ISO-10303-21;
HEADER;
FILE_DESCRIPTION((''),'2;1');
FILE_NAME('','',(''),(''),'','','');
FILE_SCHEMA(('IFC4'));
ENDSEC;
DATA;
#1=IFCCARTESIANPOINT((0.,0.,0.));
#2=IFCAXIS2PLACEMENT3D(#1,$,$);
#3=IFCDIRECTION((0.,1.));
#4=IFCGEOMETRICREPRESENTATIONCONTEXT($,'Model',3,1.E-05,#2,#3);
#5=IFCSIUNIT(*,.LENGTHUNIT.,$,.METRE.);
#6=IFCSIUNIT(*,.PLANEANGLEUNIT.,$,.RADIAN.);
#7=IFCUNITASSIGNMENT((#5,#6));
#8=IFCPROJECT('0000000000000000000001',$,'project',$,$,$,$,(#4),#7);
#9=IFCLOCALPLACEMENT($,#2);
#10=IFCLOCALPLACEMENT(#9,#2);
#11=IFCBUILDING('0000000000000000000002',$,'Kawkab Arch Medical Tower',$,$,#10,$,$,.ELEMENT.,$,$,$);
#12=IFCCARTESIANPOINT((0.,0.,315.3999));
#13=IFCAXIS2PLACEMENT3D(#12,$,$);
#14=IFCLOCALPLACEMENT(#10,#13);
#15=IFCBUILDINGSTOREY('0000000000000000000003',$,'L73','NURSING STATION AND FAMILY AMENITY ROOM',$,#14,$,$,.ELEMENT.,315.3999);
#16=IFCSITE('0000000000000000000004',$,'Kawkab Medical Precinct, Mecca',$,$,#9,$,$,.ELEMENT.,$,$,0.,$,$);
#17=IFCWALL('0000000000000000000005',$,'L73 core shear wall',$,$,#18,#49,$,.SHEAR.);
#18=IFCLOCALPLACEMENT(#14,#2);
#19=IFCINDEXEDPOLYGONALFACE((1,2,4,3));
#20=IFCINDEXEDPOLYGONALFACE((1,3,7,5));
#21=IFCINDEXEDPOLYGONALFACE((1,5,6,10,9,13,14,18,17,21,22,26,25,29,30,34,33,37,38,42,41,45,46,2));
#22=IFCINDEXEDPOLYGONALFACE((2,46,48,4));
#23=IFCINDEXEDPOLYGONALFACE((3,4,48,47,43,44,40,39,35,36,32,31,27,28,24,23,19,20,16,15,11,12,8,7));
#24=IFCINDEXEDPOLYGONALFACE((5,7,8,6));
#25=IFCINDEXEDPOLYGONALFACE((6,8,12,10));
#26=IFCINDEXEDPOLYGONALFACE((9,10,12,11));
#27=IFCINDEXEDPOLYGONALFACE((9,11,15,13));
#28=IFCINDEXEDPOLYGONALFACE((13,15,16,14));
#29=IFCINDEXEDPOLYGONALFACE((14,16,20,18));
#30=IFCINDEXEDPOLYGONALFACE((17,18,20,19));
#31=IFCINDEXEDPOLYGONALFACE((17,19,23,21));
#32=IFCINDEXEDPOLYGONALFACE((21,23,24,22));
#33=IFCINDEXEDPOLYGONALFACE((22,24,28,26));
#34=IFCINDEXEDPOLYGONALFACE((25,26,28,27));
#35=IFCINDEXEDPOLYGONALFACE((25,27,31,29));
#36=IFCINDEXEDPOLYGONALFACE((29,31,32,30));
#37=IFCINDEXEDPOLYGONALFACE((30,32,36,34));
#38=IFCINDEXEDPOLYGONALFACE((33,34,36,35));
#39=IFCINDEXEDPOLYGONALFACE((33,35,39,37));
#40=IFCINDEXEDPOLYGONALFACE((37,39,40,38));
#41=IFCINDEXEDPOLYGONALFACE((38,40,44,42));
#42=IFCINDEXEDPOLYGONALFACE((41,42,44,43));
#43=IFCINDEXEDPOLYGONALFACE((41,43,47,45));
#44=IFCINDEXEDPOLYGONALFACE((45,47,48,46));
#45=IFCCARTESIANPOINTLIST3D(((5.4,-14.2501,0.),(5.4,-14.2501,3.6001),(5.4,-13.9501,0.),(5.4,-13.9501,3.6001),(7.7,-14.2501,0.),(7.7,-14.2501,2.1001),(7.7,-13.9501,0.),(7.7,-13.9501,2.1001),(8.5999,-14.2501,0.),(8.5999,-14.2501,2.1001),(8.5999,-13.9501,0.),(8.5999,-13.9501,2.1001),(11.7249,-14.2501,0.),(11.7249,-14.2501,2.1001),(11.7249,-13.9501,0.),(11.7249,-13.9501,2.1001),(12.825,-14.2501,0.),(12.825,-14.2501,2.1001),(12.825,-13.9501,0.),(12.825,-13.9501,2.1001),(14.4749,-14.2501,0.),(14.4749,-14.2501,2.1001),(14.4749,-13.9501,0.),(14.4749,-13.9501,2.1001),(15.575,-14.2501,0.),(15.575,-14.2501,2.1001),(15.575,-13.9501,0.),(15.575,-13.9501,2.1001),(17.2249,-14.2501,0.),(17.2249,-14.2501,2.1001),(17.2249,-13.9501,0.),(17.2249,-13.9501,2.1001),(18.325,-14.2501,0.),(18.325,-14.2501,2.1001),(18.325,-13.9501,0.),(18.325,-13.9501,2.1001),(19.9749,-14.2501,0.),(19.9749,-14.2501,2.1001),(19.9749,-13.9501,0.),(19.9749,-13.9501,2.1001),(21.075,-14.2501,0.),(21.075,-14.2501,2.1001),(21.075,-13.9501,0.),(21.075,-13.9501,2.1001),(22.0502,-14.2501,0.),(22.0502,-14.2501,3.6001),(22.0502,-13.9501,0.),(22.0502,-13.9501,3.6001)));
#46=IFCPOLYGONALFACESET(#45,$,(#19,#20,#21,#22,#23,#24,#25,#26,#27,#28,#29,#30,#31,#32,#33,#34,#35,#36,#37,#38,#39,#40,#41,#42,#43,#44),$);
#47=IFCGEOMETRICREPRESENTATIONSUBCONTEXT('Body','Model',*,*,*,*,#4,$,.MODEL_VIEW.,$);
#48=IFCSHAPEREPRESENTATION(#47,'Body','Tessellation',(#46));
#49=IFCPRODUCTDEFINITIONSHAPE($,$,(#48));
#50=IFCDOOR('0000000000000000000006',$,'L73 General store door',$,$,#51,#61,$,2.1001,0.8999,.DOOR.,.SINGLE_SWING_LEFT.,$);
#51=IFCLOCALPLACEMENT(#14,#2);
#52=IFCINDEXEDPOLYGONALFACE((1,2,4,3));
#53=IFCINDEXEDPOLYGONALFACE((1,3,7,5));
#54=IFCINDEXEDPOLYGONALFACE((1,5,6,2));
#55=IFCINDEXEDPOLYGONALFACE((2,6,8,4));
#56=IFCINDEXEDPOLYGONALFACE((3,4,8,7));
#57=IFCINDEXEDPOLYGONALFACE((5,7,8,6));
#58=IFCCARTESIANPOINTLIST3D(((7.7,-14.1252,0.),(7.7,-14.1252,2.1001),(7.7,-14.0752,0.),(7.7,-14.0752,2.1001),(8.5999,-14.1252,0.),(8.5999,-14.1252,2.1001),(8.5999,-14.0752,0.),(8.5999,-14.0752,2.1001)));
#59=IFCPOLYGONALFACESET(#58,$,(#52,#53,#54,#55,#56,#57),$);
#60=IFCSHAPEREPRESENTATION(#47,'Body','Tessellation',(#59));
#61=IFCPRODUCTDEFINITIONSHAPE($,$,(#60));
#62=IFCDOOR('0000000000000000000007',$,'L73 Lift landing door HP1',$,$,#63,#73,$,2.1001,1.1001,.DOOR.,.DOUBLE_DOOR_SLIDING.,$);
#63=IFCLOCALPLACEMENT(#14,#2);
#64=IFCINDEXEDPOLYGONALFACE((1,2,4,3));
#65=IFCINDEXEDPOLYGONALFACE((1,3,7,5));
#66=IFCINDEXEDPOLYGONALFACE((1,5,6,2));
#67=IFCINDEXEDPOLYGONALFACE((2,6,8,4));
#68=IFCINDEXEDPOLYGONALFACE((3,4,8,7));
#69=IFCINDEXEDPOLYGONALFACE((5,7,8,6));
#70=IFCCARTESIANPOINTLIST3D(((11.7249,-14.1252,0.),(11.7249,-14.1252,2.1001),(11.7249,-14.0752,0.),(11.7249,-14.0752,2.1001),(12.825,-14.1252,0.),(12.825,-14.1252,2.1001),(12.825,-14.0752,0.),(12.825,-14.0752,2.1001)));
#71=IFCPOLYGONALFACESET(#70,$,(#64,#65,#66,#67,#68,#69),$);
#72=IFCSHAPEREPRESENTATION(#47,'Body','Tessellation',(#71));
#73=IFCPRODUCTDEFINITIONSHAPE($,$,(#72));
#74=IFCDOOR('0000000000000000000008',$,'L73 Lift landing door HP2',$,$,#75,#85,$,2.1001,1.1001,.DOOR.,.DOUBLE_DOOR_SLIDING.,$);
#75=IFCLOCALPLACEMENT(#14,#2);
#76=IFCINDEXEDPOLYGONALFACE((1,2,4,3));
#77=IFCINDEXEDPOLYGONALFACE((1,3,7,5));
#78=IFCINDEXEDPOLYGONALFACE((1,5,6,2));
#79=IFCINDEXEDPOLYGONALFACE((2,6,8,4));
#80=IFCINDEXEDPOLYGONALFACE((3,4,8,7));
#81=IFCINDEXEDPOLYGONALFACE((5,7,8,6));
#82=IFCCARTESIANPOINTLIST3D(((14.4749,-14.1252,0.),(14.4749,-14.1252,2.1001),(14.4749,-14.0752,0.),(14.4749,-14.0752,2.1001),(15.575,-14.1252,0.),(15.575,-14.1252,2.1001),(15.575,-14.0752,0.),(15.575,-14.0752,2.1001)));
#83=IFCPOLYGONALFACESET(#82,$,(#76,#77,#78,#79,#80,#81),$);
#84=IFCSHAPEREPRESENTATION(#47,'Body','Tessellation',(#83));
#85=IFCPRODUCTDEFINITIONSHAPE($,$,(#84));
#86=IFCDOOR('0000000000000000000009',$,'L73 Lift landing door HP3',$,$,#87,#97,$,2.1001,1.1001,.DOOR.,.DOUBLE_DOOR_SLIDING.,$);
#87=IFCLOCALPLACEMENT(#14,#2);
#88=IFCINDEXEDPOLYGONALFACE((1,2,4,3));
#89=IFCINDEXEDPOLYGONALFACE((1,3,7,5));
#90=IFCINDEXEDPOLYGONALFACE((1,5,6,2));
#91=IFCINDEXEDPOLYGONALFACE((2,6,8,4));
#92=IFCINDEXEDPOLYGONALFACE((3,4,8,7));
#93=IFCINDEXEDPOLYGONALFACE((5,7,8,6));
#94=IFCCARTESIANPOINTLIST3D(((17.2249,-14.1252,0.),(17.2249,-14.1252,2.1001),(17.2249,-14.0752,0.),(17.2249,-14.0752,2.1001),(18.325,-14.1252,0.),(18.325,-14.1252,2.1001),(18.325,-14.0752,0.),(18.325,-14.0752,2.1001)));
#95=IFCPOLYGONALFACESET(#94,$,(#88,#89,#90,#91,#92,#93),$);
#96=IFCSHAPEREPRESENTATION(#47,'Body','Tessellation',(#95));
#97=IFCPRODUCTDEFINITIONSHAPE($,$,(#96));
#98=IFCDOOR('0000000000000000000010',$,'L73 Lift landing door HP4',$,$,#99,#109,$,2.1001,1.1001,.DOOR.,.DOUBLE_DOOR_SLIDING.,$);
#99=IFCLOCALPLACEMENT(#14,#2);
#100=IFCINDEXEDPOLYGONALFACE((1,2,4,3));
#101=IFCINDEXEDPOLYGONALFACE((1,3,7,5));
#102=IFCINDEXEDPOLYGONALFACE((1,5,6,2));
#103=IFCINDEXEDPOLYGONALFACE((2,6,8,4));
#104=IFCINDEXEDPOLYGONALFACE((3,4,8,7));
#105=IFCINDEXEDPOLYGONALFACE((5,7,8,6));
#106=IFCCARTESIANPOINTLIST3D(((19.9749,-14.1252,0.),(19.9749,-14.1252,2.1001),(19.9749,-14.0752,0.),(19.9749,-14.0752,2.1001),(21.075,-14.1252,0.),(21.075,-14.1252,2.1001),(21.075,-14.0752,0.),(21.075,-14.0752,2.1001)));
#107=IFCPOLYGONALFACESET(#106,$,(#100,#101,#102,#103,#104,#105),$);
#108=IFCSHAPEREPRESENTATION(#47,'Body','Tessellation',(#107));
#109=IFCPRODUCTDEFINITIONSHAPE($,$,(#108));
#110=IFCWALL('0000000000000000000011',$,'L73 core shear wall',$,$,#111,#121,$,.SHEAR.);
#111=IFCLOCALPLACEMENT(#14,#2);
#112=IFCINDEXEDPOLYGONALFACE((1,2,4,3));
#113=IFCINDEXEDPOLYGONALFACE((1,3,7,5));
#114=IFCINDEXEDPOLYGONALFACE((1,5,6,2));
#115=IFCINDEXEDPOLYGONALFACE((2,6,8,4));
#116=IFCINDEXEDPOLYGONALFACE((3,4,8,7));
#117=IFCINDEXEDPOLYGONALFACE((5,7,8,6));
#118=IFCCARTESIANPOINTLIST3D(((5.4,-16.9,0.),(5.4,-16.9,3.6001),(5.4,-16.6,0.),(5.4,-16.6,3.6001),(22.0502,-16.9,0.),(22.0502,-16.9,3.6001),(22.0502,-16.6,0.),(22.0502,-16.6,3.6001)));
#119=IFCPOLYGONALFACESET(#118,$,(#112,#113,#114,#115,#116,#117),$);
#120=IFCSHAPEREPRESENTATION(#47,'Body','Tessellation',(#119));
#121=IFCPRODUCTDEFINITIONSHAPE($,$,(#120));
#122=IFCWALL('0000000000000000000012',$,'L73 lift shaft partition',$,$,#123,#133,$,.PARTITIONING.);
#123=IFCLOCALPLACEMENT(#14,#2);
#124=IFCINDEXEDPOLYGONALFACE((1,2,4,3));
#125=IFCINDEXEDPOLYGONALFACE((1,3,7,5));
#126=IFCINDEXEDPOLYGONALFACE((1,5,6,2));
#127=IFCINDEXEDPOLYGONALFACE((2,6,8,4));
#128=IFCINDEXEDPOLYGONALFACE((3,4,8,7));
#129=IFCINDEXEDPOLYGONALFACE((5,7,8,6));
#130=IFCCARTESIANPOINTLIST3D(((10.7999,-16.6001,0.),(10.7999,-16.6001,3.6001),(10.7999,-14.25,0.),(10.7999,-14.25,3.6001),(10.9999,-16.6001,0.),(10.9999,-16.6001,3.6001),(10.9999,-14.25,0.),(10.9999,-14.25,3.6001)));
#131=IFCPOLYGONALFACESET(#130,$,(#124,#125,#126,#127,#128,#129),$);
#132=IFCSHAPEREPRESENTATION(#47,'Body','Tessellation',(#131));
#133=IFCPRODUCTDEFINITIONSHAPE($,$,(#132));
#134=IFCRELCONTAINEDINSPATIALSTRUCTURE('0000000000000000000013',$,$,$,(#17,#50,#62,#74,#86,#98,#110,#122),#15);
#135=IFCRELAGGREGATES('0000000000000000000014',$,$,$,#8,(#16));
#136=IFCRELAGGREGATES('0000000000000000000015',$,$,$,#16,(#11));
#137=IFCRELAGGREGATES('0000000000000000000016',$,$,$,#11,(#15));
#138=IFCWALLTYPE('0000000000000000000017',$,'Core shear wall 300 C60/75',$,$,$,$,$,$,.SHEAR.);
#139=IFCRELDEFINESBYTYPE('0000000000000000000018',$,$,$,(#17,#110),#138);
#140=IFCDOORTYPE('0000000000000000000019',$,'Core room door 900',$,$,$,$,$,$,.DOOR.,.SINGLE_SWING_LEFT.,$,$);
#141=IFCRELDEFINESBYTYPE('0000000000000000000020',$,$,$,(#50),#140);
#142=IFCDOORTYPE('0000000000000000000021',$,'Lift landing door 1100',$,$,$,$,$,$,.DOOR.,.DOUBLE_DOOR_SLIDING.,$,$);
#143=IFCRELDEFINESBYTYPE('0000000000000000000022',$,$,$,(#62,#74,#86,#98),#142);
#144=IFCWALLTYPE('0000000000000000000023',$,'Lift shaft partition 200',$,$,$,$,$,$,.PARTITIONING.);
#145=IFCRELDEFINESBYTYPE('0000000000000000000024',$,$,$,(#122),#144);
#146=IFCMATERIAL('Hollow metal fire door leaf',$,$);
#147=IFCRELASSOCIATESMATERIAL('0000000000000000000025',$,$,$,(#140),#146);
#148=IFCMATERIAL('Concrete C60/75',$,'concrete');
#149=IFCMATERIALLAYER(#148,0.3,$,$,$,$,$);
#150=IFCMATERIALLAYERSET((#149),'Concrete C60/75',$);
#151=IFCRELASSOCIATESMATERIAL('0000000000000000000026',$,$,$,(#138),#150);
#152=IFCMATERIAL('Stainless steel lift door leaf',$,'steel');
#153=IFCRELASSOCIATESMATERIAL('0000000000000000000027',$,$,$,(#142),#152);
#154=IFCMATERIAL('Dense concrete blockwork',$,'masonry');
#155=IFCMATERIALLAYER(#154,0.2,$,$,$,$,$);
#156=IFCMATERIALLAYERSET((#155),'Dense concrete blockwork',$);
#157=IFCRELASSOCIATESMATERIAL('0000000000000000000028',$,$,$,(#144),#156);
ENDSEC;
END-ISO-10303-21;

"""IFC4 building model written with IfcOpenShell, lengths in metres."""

from ifc_helpers import new_model, si_unit, direction, frame, frame_2d, origin, place, context, subcontext, project, spatial, rectangle, extrude, material, layer, layer_set, type_object, element, fill, save


model = new_model("IFC4")

# Units and contexts
model_context = context("Model", 3, precision=1e-05, world=origin(), true_north=direction((0.0, 1.0)))
body_context = subcontext(model_context, "Body", "Model", "MODEL_VIEW")
ifc_project = project(units=[si_unit("LENGTHUNIT", "METRE"), si_unit("PLANEANGLEUNIT", "RADIAN")], contexts=[model_context])

# Site, building, storey
site_placement = place(None, origin())
site = spatial("IfcSite", under=ifc_project, at=site_placement, Name="Kawkab Medical Precinct, Mecca", CompositionType="ELEMENT", RefElevation=0.0)
building_placement = place(site_placement, origin())
building = spatial("IfcBuilding", under=site, at=building_placement, Name="Kawkab Arch Medical Tower", CompositionType="ELEMENT")
storey_placement = place(building_placement, frame((0.0, 0.0, 315.3999)))
storey = spatial("IfcBuildingStorey", under=building, at=storey_placement, Name="L73", Description="NURSING STATION AND FAMILY AMENITY ROOM", CompositionType="ELEMENT", Elevation=315.3999)

# Shared definitions
ifc_material_1 = material(Name="Hollow metal fire door leaf")
door_type_1 = type_object("IfcDoorType", Name="Core room door 900", OperationType="SINGLE_SWING_LEFT", PredefinedType="DOOR", material=ifc_material_1)

# Shared definitions
ifc_material_2 = material(Name="Concrete C60/75", Category="concrete")
ifc_layer_1 = layer(ifc_material_2, 0.3)
ifc_layer_set_1 = layer_set([ifc_layer_1], Name="Concrete C60/75")
wall_type_1 = type_object("IfcWallType", Name="Core shear wall 300 C60/75", PredefinedType="SHEAR", material=ifc_layer_set_1)

# Wall, openings, doors
wall_1_placement = place(storey_placement, frame((5.3999, -14.1001, 0.0), z_axis=(0.0, 0.0, 1.0), x_axis=(1.0, 0.0, 0.0)))
wall_1 = element("IfcWall", 1, at=wall_1_placement, inside=storey, type_object=wall_type_1, Name="L73 core shear wall", PredefinedType="SHEAR", context=body_context, shape_type="SweptSolid", body=[
    extrude(rectangle(XDim=16.6501, YDim=0.3, at=frame_2d((8.3252, 0.0))), origin(), (0.0, 0.0, 1.0), 3.6001),
])
opening_1_placement = place(wall_1_placement, frame((6.325, 0.0, 0.0)))
opening_1 = element("IfcOpeningElement", 2, at=opening_1_placement, cuts=wall_1, PredefinedType="OPENING", context=body_context, shape_type="SweptSolid", body=[
    extrude(rectangle(XDim=1.1001, YDim=2.1001, at=frame_2d((0.55, 1.05))), frame((0.0, 0.1599, 0.0), z_axis=(0.0, -1.0, 0.0), x_axis=(1.0, 0.0, 0.0)), (0.0, 0.0, 1.0), 0.3201),
])
opening_2_placement = place(wall_1_placement, frame((9.075, 0.0, 0.0)))
opening_2 = element("IfcOpeningElement", 3, at=opening_2_placement, cuts=wall_1, PredefinedType="OPENING", context=body_context, shape_type="SweptSolid", body=[
    extrude(rectangle(XDim=1.1001, YDim=2.1001, at=frame_2d((0.55, 1.05))), frame((0.0, 0.1599, 0.0), z_axis=(0.0, -1.0, 0.0), x_axis=(1.0, 0.0, 0.0)), (0.0, 0.0, 1.0), 0.3201),
])
opening_3_placement = place(wall_1_placement, frame((11.825, 0.0, 0.0)))
opening_3 = element("IfcOpeningElement", 4, at=opening_3_placement, cuts=wall_1, PredefinedType="OPENING", context=body_context, shape_type="SweptSolid", body=[
    extrude(rectangle(XDim=1.1001, YDim=2.1001, at=frame_2d((0.55, 1.05))), frame((0.0, 0.1599, 0.0), z_axis=(0.0, -1.0, 0.0), x_axis=(1.0, 0.0, 0.0)), (0.0, 0.0, 1.0), 0.3201),
])
opening_4_placement = place(wall_1_placement, frame((14.575, 0.0, 0.0)))
opening_4 = element("IfcOpeningElement", 5, at=opening_4_placement, cuts=wall_1, PredefinedType="OPENING", context=body_context, shape_type="SweptSolid", body=[
    extrude(rectangle(XDim=1.1001, YDim=2.1001, at=frame_2d((0.55, 1.05))), frame((0.0, 0.1599, 0.0), z_axis=(0.0, -1.0, 0.0), x_axis=(1.0, 0.0, 0.0)), (0.0, 0.0, 1.0), 0.3201),
])
opening_5_placement = place(wall_1_placement, frame((2.3, 0.0, 0.0)))
opening_5 = element("IfcOpeningElement", 6, at=opening_5_placement, cuts=wall_1, PredefinedType="OPENING", context=body_context, shape_type="SweptSolid", body=[
    extrude(rectangle(XDim=0.8999, YDim=2.1001, at=frame_2d((0.45, 1.05))), frame((0.0, 0.1599, 0.0), z_axis=(0.0, -1.0, 0.0), x_axis=(1.0, 0.0, 0.0)), (0.0, 0.0, 1.0), 0.3201),
])
door_1_placement = place(opening_5_placement, origin())
door_1 = element("IfcDoor", 7, at=door_1_placement, inside=storey, type_object=door_type_1, Name="L73 General store door", OperationType="SINGLE_SWING_LEFT", OverallHeight=2.1001, OverallWidth=0.8999, PredefinedType="DOOR", context=body_context, shape_type="SweptSolid", body=[
    extrude(rectangle(XDim=0.8999, YDim=2.1001, at=frame_2d((0.45, 1.05))), frame((0.0, 0.0249, 0.0), z_axis=(0.0, -1.0, 0.0), x_axis=(1.0, 0.0, 0.0)), (0.0, 0.0, 1.0), 0.05),
])
fill(opening_5, door_1)
ifc_material_3 = material(Name="Stainless steel lift door leaf", Category="steel")
door_type_2 = type_object("IfcDoorType", Name="Lift landing door 1100", OperationType="DOUBLE_DOOR_SLIDING", PredefinedType="DOOR", material=ifc_material_3)
door_2_placement = place(opening_1_placement, origin())
door_2 = element("IfcDoor", 8, at=door_2_placement, inside=storey, type_object=door_type_2, Name="L73 Lift landing door HP1", OperationType="DOUBLE_DOOR_SLIDING", OverallHeight=2.1001, OverallWidth=1.1001, PredefinedType="DOOR", context=body_context, shape_type="SweptSolid", body=[
    extrude(rectangle(XDim=1.1001, YDim=2.1001, at=frame_2d((0.55, 1.05))), frame((0.0, 0.0249, 0.0), z_axis=(0.0, -1.0, 0.0), x_axis=(1.0, 0.0, 0.0)), (0.0, 0.0, 1.0), 0.05),
])
fill(opening_1, door_2)
door_3_placement = place(opening_2_placement, origin())
door_3 = element("IfcDoor", 9, at=door_3_placement, inside=storey, type_object=door_type_2, Name="L73 Lift landing door HP2", OperationType="DOUBLE_DOOR_SLIDING", OverallHeight=2.1001, OverallWidth=1.1001, PredefinedType="DOOR", context=body_context, shape_type="SweptSolid", body=[
    extrude(rectangle(XDim=1.1001, YDim=2.1001, at=frame_2d((0.55, 1.05))), frame((0.0, 0.0249, 0.0), z_axis=(0.0, -1.0, 0.0), x_axis=(1.0, 0.0, 0.0)), (0.0, 0.0, 1.0), 0.05),
])
fill(opening_2, door_3)
door_4_placement = place(opening_3_placement, origin())
door_4 = element("IfcDoor", 10, at=door_4_placement, inside=storey, type_object=door_type_2, Name="L73 Lift landing door HP3", OperationType="DOUBLE_DOOR_SLIDING", OverallHeight=2.1001, OverallWidth=1.1001, PredefinedType="DOOR", context=body_context, shape_type="SweptSolid", body=[
    extrude(rectangle(XDim=1.1001, YDim=2.1001, at=frame_2d((0.55, 1.05))), frame((0.0, 0.0249, 0.0), z_axis=(0.0, -1.0, 0.0), x_axis=(1.0, 0.0, 0.0)), (0.0, 0.0, 1.0), 0.05),
])
fill(opening_3, door_4)
door_5_placement = place(opening_4_placement, origin())
door_5 = element("IfcDoor", 11, at=door_5_placement, inside=storey, type_object=door_type_2, Name="L73 Lift landing door HP4", OperationType="DOUBLE_DOOR_SLIDING", OverallHeight=2.1001, OverallWidth=1.1001, PredefinedType="DOOR", context=body_context, shape_type="SweptSolid", body=[
    extrude(rectangle(XDim=1.1001, YDim=2.1001, at=frame_2d((0.55, 1.05))), frame((0.0, 0.0249, 0.0), z_axis=(0.0, -1.0, 0.0), x_axis=(1.0, 0.0, 0.0)), (0.0, 0.0, 1.0), 0.05),
])
fill(opening_4, door_5)

# Walls
wall_2_placement = place(storey_placement, frame((5.3999, -16.75, 0.0), z_axis=(0.0, 0.0, 1.0), x_axis=(1.0, 0.0, 0.0)))
element("IfcWall", 12, at=wall_2_placement, inside=storey, type_object=wall_type_1, Name="L73 core shear wall", PredefinedType="SHEAR", context=body_context, shape_type="SweptSolid", body=[
    extrude(rectangle(XDim=16.6501, YDim=0.3, at=frame_2d((8.3252, 0.0))), origin(), (0.0, 0.0, 1.0), 3.6001),
])
ifc_material_4 = material(Name="Dense concrete blockwork", Category="masonry")
ifc_layer_2 = layer(ifc_material_4, 0.2)
ifc_layer_set_2 = layer_set([ifc_layer_2], Name="Dense concrete blockwork")
wall_type_2 = type_object("IfcWallType", Name="Lift shaft partition 200", PredefinedType="PARTITIONING", material=ifc_layer_set_2)
wall_3_placement = place(storey_placement, frame((10.8999, -16.6001, 0.0), z_axis=(0.0, 0.0, 1.0), x_axis=(0.0, 1.0, 0.0)))
element("IfcWall", 13, at=wall_3_placement, inside=storey, type_object=wall_type_2, Name="L73 lift shaft partition", PredefinedType="PARTITIONING", context=body_context, shape_type="SweptSolid", body=[
    extrude(rectangle(XDim=2.3501, YDim=0.2, at=frame_2d((1.175, 0.0))), origin(), (0.0, 0.0, 1.0), 3.6001),
])

save(model, "model.ifc")
